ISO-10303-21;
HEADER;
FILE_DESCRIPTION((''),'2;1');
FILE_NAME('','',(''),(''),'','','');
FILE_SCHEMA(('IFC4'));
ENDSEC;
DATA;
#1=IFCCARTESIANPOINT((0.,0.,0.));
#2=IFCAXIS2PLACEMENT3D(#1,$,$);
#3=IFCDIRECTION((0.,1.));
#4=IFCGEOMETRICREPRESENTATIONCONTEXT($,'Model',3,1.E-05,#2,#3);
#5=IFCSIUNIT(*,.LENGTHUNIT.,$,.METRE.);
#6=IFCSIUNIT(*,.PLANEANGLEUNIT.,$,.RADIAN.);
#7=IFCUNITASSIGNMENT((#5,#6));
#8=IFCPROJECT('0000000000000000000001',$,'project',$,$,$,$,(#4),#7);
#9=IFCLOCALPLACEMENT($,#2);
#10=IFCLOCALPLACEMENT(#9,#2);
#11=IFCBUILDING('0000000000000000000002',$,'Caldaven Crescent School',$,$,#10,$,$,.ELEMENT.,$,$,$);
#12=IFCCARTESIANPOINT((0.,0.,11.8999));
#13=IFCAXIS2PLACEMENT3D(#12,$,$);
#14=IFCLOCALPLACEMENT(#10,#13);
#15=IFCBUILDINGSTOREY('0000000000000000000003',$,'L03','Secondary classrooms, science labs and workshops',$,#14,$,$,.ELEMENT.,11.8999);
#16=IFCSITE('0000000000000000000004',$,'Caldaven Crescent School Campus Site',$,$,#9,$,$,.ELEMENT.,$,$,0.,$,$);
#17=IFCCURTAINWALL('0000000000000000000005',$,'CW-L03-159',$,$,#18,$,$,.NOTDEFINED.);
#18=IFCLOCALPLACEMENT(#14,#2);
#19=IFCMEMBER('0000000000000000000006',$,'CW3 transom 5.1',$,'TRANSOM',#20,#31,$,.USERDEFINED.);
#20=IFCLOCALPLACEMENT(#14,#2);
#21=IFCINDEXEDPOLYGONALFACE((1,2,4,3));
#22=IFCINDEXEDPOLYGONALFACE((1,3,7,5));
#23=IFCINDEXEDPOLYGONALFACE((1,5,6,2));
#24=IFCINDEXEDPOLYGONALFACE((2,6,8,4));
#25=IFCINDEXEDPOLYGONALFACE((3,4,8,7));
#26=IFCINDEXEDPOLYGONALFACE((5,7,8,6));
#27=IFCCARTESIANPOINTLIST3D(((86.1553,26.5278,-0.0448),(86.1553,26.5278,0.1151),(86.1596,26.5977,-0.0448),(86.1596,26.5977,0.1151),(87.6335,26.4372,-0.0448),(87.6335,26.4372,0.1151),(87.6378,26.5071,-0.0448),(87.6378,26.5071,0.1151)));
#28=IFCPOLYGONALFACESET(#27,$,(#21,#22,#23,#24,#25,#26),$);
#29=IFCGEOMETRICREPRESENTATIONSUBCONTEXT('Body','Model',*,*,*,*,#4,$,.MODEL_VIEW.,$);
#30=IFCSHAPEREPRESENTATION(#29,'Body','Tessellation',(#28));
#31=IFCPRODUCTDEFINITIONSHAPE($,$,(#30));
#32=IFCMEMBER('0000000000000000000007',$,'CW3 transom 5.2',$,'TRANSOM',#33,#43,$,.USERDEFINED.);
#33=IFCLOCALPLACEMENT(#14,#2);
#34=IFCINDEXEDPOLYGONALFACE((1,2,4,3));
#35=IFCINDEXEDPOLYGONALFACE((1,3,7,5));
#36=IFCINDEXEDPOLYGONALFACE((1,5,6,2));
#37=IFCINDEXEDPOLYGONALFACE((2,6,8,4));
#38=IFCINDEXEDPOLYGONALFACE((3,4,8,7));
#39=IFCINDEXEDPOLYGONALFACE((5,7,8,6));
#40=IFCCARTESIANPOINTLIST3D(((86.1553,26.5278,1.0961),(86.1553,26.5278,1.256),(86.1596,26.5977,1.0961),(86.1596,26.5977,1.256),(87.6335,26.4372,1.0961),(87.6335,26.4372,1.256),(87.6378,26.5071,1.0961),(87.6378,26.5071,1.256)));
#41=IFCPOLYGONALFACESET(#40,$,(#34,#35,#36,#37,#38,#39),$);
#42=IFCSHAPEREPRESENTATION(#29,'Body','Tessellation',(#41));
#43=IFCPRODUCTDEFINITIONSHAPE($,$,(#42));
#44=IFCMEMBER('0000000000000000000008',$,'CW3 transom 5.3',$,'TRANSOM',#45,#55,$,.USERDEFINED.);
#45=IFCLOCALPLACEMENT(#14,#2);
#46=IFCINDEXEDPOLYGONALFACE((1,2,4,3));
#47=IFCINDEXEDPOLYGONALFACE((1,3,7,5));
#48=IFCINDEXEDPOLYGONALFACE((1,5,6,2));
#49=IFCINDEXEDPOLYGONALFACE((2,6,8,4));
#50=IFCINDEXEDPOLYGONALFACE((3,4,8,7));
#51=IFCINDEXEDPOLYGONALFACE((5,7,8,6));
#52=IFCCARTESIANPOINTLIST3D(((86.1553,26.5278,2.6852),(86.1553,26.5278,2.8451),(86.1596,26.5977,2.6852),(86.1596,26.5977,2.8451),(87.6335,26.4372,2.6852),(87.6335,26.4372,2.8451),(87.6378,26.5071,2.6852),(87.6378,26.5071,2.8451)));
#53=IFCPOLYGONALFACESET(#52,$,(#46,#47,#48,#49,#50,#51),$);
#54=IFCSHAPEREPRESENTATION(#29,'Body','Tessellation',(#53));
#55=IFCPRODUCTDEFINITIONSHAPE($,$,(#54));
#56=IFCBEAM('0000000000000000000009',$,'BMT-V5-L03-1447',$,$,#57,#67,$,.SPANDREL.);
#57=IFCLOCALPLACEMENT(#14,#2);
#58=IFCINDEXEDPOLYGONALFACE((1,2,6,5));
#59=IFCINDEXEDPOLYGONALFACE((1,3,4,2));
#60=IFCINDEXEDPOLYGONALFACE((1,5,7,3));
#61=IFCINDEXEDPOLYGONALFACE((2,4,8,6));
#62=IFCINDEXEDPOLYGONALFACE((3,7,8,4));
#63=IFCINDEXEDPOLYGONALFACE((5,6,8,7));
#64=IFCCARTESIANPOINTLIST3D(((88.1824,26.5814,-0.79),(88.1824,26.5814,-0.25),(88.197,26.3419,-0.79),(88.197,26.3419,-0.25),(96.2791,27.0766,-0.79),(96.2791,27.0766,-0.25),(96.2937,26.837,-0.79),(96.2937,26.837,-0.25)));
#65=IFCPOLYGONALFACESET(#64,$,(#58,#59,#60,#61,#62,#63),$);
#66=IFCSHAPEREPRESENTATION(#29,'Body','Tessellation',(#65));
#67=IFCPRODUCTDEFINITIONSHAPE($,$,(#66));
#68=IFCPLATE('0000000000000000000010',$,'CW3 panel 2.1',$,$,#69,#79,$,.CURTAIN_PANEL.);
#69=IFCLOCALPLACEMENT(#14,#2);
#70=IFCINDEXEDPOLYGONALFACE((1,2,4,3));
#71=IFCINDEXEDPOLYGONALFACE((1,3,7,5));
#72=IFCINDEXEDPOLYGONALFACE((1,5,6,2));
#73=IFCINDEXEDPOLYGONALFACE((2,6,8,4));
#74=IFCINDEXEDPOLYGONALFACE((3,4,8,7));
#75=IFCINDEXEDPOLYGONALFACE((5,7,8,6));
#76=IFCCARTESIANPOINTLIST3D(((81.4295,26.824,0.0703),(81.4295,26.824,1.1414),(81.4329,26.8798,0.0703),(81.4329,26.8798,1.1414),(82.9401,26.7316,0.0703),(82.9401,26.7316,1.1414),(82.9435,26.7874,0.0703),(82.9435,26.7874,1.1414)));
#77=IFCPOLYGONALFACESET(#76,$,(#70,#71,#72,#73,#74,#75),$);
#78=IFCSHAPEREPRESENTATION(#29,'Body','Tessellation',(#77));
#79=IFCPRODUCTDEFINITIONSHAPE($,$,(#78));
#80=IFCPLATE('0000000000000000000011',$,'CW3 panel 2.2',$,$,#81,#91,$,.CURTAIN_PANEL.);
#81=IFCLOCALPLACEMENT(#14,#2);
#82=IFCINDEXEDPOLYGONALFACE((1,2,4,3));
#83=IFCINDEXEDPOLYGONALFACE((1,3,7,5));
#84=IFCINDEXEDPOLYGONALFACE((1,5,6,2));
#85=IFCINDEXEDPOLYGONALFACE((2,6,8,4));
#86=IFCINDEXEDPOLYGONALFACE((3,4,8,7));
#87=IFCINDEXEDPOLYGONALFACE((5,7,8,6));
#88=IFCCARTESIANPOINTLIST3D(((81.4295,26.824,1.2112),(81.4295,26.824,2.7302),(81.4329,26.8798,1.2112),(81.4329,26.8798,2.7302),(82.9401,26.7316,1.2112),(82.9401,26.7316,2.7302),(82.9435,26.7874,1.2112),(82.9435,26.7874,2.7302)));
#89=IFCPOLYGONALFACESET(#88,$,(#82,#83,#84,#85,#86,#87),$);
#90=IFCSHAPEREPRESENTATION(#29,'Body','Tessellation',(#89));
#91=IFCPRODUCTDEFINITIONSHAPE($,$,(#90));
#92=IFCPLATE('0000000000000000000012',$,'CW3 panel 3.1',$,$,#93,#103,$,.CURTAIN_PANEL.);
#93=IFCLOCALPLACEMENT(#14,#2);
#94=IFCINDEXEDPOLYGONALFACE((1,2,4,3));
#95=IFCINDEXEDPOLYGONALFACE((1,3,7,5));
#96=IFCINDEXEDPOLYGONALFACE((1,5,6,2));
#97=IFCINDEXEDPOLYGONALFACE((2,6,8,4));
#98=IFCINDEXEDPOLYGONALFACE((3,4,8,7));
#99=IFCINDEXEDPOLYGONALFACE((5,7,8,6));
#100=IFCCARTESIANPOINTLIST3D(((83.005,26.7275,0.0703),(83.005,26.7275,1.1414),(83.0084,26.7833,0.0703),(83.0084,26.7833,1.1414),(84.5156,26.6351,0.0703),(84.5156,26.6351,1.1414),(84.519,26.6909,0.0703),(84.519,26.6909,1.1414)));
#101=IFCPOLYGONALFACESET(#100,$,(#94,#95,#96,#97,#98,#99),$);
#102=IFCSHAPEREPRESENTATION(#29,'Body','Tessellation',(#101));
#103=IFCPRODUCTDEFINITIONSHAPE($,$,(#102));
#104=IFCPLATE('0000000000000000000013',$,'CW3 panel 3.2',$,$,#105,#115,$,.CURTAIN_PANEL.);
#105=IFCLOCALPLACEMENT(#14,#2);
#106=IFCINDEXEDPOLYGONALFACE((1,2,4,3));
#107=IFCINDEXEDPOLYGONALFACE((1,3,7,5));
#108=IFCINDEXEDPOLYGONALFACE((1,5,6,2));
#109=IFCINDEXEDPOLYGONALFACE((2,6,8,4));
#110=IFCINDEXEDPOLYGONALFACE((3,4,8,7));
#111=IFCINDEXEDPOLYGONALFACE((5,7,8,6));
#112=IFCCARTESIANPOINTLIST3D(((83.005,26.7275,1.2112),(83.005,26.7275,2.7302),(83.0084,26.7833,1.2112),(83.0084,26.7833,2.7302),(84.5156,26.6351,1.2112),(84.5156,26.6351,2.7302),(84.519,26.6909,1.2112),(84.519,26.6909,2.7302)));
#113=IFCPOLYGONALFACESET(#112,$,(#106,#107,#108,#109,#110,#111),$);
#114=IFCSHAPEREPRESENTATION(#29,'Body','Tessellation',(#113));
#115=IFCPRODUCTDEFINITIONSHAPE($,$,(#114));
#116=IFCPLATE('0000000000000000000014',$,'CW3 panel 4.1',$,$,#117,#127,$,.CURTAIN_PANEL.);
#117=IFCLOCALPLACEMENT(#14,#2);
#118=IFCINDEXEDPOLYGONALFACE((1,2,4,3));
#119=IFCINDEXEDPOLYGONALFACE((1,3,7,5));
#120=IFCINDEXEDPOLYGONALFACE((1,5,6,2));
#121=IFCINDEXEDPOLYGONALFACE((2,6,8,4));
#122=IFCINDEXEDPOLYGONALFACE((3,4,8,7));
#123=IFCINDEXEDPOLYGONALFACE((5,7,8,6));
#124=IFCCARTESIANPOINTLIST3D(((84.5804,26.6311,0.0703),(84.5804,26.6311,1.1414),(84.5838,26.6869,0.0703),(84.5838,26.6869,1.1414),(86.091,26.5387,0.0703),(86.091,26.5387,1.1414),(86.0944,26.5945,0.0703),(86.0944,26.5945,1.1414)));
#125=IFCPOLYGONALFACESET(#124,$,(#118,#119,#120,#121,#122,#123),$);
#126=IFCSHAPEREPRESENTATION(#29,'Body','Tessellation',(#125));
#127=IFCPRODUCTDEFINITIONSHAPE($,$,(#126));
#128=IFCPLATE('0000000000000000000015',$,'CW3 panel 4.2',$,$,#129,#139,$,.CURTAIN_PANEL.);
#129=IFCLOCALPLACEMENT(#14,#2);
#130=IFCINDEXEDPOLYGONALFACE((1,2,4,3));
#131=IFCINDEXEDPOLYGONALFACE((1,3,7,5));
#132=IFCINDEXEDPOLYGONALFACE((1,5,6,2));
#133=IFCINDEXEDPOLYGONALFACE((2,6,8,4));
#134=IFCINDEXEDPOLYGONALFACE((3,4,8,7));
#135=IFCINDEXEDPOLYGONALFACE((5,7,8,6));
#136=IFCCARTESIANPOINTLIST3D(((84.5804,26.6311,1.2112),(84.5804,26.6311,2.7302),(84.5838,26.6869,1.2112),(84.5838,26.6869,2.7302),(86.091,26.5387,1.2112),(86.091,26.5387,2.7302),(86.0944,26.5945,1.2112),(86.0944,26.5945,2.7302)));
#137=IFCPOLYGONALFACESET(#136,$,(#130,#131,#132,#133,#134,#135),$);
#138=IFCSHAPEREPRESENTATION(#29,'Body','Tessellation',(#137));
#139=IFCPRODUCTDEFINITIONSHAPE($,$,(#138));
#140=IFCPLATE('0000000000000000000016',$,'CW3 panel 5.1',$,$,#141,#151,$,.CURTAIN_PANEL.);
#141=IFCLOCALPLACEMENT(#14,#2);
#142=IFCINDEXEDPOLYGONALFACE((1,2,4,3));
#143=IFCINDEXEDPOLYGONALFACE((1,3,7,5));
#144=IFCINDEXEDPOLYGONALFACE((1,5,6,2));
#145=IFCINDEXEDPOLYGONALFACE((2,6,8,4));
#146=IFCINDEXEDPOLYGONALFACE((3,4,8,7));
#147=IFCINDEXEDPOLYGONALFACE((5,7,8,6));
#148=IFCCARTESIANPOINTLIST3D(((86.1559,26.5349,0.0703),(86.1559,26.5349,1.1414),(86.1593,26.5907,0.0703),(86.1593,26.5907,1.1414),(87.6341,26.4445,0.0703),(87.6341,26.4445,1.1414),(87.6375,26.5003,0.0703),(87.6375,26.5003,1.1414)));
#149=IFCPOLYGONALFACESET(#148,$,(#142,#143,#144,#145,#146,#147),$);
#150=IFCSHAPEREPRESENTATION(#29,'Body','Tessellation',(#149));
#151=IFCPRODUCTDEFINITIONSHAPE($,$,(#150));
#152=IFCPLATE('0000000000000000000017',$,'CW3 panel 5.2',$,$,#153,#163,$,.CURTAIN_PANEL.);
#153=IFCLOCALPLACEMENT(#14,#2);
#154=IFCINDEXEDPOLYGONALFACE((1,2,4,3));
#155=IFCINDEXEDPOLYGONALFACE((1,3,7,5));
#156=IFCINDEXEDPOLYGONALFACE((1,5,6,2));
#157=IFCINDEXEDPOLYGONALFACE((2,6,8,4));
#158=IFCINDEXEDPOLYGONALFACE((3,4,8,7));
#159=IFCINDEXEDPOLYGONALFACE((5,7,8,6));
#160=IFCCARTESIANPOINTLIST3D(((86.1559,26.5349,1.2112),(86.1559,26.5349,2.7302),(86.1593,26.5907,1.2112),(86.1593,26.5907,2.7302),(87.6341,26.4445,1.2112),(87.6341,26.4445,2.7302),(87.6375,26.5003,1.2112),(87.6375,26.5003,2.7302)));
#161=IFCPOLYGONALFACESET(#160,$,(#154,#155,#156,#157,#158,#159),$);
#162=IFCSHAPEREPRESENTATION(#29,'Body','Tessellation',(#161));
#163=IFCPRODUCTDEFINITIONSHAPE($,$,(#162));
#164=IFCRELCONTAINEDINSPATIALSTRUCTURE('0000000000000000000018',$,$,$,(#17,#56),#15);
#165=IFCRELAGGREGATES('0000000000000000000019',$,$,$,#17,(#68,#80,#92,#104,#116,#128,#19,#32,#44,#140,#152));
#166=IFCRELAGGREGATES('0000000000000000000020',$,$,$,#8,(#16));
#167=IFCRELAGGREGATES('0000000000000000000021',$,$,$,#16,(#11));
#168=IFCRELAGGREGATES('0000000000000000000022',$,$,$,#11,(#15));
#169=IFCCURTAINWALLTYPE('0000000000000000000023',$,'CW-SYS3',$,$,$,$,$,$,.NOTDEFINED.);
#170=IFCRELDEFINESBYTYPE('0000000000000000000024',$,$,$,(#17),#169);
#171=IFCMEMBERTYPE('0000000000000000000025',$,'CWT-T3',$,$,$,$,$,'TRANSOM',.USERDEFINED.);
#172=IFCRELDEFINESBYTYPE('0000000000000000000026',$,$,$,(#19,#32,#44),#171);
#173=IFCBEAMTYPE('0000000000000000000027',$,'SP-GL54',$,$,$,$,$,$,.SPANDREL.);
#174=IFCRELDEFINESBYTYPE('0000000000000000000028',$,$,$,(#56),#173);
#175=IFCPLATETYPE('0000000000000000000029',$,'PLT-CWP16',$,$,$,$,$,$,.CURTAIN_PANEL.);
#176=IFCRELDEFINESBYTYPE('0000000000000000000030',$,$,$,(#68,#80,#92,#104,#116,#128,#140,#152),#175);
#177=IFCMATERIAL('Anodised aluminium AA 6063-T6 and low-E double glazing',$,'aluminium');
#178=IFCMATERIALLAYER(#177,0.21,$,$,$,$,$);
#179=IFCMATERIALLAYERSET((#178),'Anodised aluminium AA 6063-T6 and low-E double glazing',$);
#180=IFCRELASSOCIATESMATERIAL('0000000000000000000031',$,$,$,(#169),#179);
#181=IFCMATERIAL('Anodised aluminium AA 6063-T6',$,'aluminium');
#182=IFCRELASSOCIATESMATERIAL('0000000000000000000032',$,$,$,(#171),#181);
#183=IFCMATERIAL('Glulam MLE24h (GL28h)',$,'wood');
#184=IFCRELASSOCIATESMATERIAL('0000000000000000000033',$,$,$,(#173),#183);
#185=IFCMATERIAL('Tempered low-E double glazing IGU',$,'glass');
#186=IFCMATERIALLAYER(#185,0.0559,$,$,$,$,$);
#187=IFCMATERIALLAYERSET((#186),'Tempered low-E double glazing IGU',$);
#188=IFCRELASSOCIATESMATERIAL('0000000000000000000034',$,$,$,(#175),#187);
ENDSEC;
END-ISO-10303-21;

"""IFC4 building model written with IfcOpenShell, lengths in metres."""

from ifc_helpers import new_model, si_unit, direction, frame, origin, origin_2d, place, context, subcontext, project, spatial, rectangle, extrude, material, layer, layer_set, material_profile, profile_set, type_object, element, aggregate, save


model = new_model("IFC4")

# Units and contexts
model_context = context("Model", 3, precision=1e-05, world=origin(), true_north=direction((0.0, 1.0)))
body_context = subcontext(model_context, "Body", "Model", "MODEL_VIEW")
ifc_project = project(units=[si_unit("LENGTHUNIT", "METRE"), si_unit("PLANEANGLEUNIT", "RADIAN")], contexts=[model_context])

# Site, building, storey
site_placement = place(None, origin())
site = spatial("IfcSite", under=ifc_project, at=site_placement, Name="Caldaven Crescent School Campus Site", CompositionType="ELEMENT", RefElevation=0.0)
building_placement = place(site_placement, origin())
building = spatial("IfcBuilding", under=site, at=building_placement, Name="Caldaven Crescent School", CompositionType="ELEMENT")
storey_placement = place(building_placement, frame((0.0, 0.0, 11.8999)))
storey = spatial("IfcBuildingStorey", under=building, at=storey_placement, Name="L03", Description="Secondary classrooms, science labs and workshops", CompositionType="ELEMENT", Elevation=11.8999)

# Shared definitions
ifc_material_1 = material(Name="Glulam MLE24h (GL28h)", Category="wood")

# Curtain wall, members
ifc_material_2 = material(Name="Anodised aluminium AA 6063-T6 and low-E double glazing", Category="aluminium")
ifc_layer_1 = layer(ifc_material_2, 0.21)
ifc_layer_set_1 = layer_set([ifc_layer_1], Name="Anodised aluminium AA 6063-T6 and low-E double glazing")
curtain_wall_type = type_object("IfcCurtainWallType", Name="CW-SYS3", PredefinedType="NOTDEFINED", material=ifc_layer_set_1)
curtain_wall_placement = place(storey_placement, origin())
curtain_wall = element("IfcCurtainWall", 1, at=curtain_wall_placement, inside=storey, type_object=curtain_wall_type, Name="CW-L03-159", PredefinedType="NOTDEFINED")
ifc_material_3 = material(Name="Anodised aluminium AA 6063-T6", Category="aluminium")
ifc_material_profile_1 = material_profile(ifc_material_3, rectangle(XDim=0.0701, YDim=0.1599, at=origin_2d()), Name="CWT 70x160")
ifc_profile_set_1 = profile_set([ifc_material_profile_1], Name="Anodised aluminium AA 6063-T6")
member_type_1 = type_object("IfcMemberType", Name="CWT-T3", ElementType="TRANSOM", PredefinedType="USERDEFINED", material=ifc_profile_set_1)
member_1_placement = place(storey_placement, frame((86.1575, 26.5627, 0.0352), z_axis=(0.998128, -0.061157, 0.0), x_axis=(0.061157, 0.998128, 0.0)))
member_1 = element("IfcMember", 2, at=member_1_placement, type_object=member_type_1, Name="CW3 transom 5.1", ObjectType="TRANSOM", PredefinedType="USERDEFINED", context=body_context, shape_type="SweptSolid", body=[
    extrude(rectangle(XDim=0.0701, YDim=0.1599, at=origin_2d()), origin(), (0.0, 0.0, 1.0), 1.481),
])
member_2_placement = place(storey_placement, frame((86.1575, 26.5627, 1.176), z_axis=(0.998128, -0.061157, 0.0), x_axis=(0.061157, 0.998128, 0.0)))
member_2 = element("IfcMember", 3, at=member_2_placement, type_object=member_type_1, Name="CW3 transom 5.2", ObjectType="TRANSOM", PredefinedType="USERDEFINED", context=body_context, shape_type="SweptSolid", body=[
    extrude(rectangle(XDim=0.0701, YDim=0.1599, at=origin_2d()), origin(), (0.0, 0.0, 1.0), 1.481),
])
member_3_placement = place(storey_placement, frame((86.1575, 26.5627, 2.7651), z_axis=(0.998128, -0.061157, 0.0), x_axis=(0.061157, 0.998128, 0.0)))
member_3 = element("IfcMember", 4, at=member_3_placement, type_object=member_type_1, Name="CW3 transom 5.3", ObjectType="TRANSOM", PredefinedType="USERDEFINED", context=body_context, shape_type="SweptSolid", body=[
    extrude(rectangle(XDim=0.0701, YDim=0.1599, at=origin_2d()), origin(), (0.0, 0.0, 1.0), 1.481),
])

# Beam
ifc_material_profile_2 = material_profile(ifc_material_1, rectangle(XDim=0.24, YDim=0.54, at=origin_2d()), Name="MLE 240x540")
ifc_profile_set_2 = profile_set([ifc_material_profile_2], Name="Glulam MLE24h (GL28h)")
beam_type = type_object("IfcBeamType", Name="SP-GL54", PredefinedType="SPANDREL", material=ifc_profile_set_2)
beam_placement = place(storey_placement, frame((88.1897, 26.4617, -0.52), z_axis=(0.998136, 0.061037, 0.0), x_axis=(-0.061037, 0.998136, 0.0)))
element("IfcBeam", 5, at=beam_placement, inside=storey, type_object=beam_type, Name="BMT-V5-L03-1447", PredefinedType="SPANDREL", context=body_context, shape_type="SweptSolid", body=[
    extrude(rectangle(XDim=0.24, YDim=0.54, at=origin_2d()), origin(), (0.0, 0.0, 1.0), 8.1118),
])

# Plates
ifc_material_4 = material(Name="Tempered low-E double glazing IGU", Category="glass")
ifc_layer_2 = layer(ifc_material_4, 0.0559)
ifc_layer_set_2 = layer_set([ifc_layer_2], Name="Tempered low-E double glazing IGU")
plate_type = type_object("IfcPlateType", Name="PLT-CWP16", PredefinedType="CURTAIN_PANEL", material=ifc_layer_set_2)
plate_1_placement = place(storey_placement, frame((82.1865, 26.8057, 0.0703), z_axis=(0.0, 0.0, 1.0), x_axis=(0.998135, -0.061049, 0.0)))
plate_1 = element("IfcPlate", 6, at=plate_1_placement, type_object=plate_type, Name="CW3 panel 2.1", PredefinedType="CURTAIN_PANEL", context=body_context, shape_type="SweptSolid", body=[
    extrude(rectangle(XDim=1.5134, YDim=0.0559, at=origin_2d()), origin(), (0.0, 0.0, 1.0), 1.071),
])
plate_2_placement = place(storey_placement, frame((82.1865, 26.8057, 1.2112), z_axis=(0.0, 0.0, 1.0), x_axis=(0.998135, -0.061049, 0.0)))
plate_2 = element("IfcPlate", 7, at=plate_2_placement, type_object=plate_type, Name="CW3 panel 2.2", PredefinedType="CURTAIN_PANEL", context=body_context, shape_type="SweptSolid", body=[
    extrude(rectangle(XDim=1.5134, YDim=0.0559, at=origin_2d()), origin(), (0.0, 0.0, 1.0), 1.519),
])
plate_3_placement = place(storey_placement, frame((83.762, 26.7092, 0.0703), z_axis=(0.0, 0.0, 1.0), x_axis=(0.998135, -0.061049, 0.0)))
plate_3 = element("IfcPlate", 8, at=plate_3_placement, type_object=plate_type, Name="CW3 panel 3.1", PredefinedType="CURTAIN_PANEL", context=body_context, shape_type="SweptSolid", body=[
    extrude(rectangle(XDim=1.5134, YDim=0.0559, at=origin_2d()), origin(), (0.0, 0.0, 1.0), 1.071),
])
plate_4_placement = place(storey_placement, frame((83.762, 26.7092, 1.2112), z_axis=(0.0, 0.0, 1.0), x_axis=(0.998135, -0.061049, 0.0)))
plate_4 = element("IfcPlate", 9, at=plate_4_placement, type_object=plate_type, Name="CW3 panel 3.2", PredefinedType="CURTAIN_PANEL", context=body_context, shape_type="SweptSolid", body=[
    extrude(rectangle(XDim=1.5134, YDim=0.0559, at=origin_2d()), origin(), (0.0, 0.0, 1.0), 1.519),
])
plate_5_placement = place(storey_placement, frame((85.3374, 26.6128, 0.0703), z_axis=(0.0, 0.0, 1.0), x_axis=(0.998135, -0.061049, 0.0)))
plate_5 = element("IfcPlate", 10, at=plate_5_placement, type_object=plate_type, Name="CW3 panel 4.1", PredefinedType="CURTAIN_PANEL", context=body_context, shape_type="SweptSolid", body=[
    extrude(rectangle(XDim=1.5134, YDim=0.0559, at=origin_2d()), origin(), (0.0, 0.0, 1.0), 1.071),
])
plate_6_placement = place(storey_placement, frame((85.3374, 26.6128, 1.2112), z_axis=(0.0, 0.0, 1.0), x_axis=(0.998135, -0.061049, 0.0)))
plate_6 = element("IfcPlate", 11, at=plate_6_placement, type_object=plate_type, Name="CW3 panel 4.2", PredefinedType="CURTAIN_PANEL", context=body_context, shape_type="SweptSolid", body=[
    extrude(rectangle(XDim=1.5134, YDim=0.0559, at=origin_2d()), origin(), (0.0, 0.0, 1.0), 1.519),
])
plate_7_placement = place(storey_placement, frame((86.8967, 26.5176, 0.0703), z_axis=(0.0, 0.0, 1.0), x_axis=(0.998135, -0.061049, 0.0)))
plate_7 = element("IfcPlate", 12, at=plate_7_placement, type_object=plate_type, Name="CW3 panel 5.1", PredefinedType="CURTAIN_PANEL", context=body_context, shape_type="SweptSolid", body=[
    extrude(rectangle(XDim=1.481, YDim=0.0559, at=origin_2d()), origin(), (0.0, 0.0, 1.0), 1.071),
])
plate_8_placement = place(storey_placement, frame((86.8967, 26.5176, 1.2112), z_axis=(0.0, 0.0, 1.0), x_axis=(0.998135, -0.061049, 0.0)))
plate_8 = element("IfcPlate", 13, at=plate_8_placement, type_object=plate_type, Name="CW3 panel 5.2", PredefinedType="CURTAIN_PANEL", context=body_context, shape_type="SweptSolid", body=[
    extrude(rectangle(XDim=1.481, YDim=0.0559, at=origin_2d()), origin(), (0.0, 0.0, 1.0), 1.519),
])
aggregate(curtain_wall, [plate_1, plate_2, plate_3, plate_4, plate_5, plate_6, member_1, member_2, member_3, plate_7, plate_8])

save(model, "model.ifc")
